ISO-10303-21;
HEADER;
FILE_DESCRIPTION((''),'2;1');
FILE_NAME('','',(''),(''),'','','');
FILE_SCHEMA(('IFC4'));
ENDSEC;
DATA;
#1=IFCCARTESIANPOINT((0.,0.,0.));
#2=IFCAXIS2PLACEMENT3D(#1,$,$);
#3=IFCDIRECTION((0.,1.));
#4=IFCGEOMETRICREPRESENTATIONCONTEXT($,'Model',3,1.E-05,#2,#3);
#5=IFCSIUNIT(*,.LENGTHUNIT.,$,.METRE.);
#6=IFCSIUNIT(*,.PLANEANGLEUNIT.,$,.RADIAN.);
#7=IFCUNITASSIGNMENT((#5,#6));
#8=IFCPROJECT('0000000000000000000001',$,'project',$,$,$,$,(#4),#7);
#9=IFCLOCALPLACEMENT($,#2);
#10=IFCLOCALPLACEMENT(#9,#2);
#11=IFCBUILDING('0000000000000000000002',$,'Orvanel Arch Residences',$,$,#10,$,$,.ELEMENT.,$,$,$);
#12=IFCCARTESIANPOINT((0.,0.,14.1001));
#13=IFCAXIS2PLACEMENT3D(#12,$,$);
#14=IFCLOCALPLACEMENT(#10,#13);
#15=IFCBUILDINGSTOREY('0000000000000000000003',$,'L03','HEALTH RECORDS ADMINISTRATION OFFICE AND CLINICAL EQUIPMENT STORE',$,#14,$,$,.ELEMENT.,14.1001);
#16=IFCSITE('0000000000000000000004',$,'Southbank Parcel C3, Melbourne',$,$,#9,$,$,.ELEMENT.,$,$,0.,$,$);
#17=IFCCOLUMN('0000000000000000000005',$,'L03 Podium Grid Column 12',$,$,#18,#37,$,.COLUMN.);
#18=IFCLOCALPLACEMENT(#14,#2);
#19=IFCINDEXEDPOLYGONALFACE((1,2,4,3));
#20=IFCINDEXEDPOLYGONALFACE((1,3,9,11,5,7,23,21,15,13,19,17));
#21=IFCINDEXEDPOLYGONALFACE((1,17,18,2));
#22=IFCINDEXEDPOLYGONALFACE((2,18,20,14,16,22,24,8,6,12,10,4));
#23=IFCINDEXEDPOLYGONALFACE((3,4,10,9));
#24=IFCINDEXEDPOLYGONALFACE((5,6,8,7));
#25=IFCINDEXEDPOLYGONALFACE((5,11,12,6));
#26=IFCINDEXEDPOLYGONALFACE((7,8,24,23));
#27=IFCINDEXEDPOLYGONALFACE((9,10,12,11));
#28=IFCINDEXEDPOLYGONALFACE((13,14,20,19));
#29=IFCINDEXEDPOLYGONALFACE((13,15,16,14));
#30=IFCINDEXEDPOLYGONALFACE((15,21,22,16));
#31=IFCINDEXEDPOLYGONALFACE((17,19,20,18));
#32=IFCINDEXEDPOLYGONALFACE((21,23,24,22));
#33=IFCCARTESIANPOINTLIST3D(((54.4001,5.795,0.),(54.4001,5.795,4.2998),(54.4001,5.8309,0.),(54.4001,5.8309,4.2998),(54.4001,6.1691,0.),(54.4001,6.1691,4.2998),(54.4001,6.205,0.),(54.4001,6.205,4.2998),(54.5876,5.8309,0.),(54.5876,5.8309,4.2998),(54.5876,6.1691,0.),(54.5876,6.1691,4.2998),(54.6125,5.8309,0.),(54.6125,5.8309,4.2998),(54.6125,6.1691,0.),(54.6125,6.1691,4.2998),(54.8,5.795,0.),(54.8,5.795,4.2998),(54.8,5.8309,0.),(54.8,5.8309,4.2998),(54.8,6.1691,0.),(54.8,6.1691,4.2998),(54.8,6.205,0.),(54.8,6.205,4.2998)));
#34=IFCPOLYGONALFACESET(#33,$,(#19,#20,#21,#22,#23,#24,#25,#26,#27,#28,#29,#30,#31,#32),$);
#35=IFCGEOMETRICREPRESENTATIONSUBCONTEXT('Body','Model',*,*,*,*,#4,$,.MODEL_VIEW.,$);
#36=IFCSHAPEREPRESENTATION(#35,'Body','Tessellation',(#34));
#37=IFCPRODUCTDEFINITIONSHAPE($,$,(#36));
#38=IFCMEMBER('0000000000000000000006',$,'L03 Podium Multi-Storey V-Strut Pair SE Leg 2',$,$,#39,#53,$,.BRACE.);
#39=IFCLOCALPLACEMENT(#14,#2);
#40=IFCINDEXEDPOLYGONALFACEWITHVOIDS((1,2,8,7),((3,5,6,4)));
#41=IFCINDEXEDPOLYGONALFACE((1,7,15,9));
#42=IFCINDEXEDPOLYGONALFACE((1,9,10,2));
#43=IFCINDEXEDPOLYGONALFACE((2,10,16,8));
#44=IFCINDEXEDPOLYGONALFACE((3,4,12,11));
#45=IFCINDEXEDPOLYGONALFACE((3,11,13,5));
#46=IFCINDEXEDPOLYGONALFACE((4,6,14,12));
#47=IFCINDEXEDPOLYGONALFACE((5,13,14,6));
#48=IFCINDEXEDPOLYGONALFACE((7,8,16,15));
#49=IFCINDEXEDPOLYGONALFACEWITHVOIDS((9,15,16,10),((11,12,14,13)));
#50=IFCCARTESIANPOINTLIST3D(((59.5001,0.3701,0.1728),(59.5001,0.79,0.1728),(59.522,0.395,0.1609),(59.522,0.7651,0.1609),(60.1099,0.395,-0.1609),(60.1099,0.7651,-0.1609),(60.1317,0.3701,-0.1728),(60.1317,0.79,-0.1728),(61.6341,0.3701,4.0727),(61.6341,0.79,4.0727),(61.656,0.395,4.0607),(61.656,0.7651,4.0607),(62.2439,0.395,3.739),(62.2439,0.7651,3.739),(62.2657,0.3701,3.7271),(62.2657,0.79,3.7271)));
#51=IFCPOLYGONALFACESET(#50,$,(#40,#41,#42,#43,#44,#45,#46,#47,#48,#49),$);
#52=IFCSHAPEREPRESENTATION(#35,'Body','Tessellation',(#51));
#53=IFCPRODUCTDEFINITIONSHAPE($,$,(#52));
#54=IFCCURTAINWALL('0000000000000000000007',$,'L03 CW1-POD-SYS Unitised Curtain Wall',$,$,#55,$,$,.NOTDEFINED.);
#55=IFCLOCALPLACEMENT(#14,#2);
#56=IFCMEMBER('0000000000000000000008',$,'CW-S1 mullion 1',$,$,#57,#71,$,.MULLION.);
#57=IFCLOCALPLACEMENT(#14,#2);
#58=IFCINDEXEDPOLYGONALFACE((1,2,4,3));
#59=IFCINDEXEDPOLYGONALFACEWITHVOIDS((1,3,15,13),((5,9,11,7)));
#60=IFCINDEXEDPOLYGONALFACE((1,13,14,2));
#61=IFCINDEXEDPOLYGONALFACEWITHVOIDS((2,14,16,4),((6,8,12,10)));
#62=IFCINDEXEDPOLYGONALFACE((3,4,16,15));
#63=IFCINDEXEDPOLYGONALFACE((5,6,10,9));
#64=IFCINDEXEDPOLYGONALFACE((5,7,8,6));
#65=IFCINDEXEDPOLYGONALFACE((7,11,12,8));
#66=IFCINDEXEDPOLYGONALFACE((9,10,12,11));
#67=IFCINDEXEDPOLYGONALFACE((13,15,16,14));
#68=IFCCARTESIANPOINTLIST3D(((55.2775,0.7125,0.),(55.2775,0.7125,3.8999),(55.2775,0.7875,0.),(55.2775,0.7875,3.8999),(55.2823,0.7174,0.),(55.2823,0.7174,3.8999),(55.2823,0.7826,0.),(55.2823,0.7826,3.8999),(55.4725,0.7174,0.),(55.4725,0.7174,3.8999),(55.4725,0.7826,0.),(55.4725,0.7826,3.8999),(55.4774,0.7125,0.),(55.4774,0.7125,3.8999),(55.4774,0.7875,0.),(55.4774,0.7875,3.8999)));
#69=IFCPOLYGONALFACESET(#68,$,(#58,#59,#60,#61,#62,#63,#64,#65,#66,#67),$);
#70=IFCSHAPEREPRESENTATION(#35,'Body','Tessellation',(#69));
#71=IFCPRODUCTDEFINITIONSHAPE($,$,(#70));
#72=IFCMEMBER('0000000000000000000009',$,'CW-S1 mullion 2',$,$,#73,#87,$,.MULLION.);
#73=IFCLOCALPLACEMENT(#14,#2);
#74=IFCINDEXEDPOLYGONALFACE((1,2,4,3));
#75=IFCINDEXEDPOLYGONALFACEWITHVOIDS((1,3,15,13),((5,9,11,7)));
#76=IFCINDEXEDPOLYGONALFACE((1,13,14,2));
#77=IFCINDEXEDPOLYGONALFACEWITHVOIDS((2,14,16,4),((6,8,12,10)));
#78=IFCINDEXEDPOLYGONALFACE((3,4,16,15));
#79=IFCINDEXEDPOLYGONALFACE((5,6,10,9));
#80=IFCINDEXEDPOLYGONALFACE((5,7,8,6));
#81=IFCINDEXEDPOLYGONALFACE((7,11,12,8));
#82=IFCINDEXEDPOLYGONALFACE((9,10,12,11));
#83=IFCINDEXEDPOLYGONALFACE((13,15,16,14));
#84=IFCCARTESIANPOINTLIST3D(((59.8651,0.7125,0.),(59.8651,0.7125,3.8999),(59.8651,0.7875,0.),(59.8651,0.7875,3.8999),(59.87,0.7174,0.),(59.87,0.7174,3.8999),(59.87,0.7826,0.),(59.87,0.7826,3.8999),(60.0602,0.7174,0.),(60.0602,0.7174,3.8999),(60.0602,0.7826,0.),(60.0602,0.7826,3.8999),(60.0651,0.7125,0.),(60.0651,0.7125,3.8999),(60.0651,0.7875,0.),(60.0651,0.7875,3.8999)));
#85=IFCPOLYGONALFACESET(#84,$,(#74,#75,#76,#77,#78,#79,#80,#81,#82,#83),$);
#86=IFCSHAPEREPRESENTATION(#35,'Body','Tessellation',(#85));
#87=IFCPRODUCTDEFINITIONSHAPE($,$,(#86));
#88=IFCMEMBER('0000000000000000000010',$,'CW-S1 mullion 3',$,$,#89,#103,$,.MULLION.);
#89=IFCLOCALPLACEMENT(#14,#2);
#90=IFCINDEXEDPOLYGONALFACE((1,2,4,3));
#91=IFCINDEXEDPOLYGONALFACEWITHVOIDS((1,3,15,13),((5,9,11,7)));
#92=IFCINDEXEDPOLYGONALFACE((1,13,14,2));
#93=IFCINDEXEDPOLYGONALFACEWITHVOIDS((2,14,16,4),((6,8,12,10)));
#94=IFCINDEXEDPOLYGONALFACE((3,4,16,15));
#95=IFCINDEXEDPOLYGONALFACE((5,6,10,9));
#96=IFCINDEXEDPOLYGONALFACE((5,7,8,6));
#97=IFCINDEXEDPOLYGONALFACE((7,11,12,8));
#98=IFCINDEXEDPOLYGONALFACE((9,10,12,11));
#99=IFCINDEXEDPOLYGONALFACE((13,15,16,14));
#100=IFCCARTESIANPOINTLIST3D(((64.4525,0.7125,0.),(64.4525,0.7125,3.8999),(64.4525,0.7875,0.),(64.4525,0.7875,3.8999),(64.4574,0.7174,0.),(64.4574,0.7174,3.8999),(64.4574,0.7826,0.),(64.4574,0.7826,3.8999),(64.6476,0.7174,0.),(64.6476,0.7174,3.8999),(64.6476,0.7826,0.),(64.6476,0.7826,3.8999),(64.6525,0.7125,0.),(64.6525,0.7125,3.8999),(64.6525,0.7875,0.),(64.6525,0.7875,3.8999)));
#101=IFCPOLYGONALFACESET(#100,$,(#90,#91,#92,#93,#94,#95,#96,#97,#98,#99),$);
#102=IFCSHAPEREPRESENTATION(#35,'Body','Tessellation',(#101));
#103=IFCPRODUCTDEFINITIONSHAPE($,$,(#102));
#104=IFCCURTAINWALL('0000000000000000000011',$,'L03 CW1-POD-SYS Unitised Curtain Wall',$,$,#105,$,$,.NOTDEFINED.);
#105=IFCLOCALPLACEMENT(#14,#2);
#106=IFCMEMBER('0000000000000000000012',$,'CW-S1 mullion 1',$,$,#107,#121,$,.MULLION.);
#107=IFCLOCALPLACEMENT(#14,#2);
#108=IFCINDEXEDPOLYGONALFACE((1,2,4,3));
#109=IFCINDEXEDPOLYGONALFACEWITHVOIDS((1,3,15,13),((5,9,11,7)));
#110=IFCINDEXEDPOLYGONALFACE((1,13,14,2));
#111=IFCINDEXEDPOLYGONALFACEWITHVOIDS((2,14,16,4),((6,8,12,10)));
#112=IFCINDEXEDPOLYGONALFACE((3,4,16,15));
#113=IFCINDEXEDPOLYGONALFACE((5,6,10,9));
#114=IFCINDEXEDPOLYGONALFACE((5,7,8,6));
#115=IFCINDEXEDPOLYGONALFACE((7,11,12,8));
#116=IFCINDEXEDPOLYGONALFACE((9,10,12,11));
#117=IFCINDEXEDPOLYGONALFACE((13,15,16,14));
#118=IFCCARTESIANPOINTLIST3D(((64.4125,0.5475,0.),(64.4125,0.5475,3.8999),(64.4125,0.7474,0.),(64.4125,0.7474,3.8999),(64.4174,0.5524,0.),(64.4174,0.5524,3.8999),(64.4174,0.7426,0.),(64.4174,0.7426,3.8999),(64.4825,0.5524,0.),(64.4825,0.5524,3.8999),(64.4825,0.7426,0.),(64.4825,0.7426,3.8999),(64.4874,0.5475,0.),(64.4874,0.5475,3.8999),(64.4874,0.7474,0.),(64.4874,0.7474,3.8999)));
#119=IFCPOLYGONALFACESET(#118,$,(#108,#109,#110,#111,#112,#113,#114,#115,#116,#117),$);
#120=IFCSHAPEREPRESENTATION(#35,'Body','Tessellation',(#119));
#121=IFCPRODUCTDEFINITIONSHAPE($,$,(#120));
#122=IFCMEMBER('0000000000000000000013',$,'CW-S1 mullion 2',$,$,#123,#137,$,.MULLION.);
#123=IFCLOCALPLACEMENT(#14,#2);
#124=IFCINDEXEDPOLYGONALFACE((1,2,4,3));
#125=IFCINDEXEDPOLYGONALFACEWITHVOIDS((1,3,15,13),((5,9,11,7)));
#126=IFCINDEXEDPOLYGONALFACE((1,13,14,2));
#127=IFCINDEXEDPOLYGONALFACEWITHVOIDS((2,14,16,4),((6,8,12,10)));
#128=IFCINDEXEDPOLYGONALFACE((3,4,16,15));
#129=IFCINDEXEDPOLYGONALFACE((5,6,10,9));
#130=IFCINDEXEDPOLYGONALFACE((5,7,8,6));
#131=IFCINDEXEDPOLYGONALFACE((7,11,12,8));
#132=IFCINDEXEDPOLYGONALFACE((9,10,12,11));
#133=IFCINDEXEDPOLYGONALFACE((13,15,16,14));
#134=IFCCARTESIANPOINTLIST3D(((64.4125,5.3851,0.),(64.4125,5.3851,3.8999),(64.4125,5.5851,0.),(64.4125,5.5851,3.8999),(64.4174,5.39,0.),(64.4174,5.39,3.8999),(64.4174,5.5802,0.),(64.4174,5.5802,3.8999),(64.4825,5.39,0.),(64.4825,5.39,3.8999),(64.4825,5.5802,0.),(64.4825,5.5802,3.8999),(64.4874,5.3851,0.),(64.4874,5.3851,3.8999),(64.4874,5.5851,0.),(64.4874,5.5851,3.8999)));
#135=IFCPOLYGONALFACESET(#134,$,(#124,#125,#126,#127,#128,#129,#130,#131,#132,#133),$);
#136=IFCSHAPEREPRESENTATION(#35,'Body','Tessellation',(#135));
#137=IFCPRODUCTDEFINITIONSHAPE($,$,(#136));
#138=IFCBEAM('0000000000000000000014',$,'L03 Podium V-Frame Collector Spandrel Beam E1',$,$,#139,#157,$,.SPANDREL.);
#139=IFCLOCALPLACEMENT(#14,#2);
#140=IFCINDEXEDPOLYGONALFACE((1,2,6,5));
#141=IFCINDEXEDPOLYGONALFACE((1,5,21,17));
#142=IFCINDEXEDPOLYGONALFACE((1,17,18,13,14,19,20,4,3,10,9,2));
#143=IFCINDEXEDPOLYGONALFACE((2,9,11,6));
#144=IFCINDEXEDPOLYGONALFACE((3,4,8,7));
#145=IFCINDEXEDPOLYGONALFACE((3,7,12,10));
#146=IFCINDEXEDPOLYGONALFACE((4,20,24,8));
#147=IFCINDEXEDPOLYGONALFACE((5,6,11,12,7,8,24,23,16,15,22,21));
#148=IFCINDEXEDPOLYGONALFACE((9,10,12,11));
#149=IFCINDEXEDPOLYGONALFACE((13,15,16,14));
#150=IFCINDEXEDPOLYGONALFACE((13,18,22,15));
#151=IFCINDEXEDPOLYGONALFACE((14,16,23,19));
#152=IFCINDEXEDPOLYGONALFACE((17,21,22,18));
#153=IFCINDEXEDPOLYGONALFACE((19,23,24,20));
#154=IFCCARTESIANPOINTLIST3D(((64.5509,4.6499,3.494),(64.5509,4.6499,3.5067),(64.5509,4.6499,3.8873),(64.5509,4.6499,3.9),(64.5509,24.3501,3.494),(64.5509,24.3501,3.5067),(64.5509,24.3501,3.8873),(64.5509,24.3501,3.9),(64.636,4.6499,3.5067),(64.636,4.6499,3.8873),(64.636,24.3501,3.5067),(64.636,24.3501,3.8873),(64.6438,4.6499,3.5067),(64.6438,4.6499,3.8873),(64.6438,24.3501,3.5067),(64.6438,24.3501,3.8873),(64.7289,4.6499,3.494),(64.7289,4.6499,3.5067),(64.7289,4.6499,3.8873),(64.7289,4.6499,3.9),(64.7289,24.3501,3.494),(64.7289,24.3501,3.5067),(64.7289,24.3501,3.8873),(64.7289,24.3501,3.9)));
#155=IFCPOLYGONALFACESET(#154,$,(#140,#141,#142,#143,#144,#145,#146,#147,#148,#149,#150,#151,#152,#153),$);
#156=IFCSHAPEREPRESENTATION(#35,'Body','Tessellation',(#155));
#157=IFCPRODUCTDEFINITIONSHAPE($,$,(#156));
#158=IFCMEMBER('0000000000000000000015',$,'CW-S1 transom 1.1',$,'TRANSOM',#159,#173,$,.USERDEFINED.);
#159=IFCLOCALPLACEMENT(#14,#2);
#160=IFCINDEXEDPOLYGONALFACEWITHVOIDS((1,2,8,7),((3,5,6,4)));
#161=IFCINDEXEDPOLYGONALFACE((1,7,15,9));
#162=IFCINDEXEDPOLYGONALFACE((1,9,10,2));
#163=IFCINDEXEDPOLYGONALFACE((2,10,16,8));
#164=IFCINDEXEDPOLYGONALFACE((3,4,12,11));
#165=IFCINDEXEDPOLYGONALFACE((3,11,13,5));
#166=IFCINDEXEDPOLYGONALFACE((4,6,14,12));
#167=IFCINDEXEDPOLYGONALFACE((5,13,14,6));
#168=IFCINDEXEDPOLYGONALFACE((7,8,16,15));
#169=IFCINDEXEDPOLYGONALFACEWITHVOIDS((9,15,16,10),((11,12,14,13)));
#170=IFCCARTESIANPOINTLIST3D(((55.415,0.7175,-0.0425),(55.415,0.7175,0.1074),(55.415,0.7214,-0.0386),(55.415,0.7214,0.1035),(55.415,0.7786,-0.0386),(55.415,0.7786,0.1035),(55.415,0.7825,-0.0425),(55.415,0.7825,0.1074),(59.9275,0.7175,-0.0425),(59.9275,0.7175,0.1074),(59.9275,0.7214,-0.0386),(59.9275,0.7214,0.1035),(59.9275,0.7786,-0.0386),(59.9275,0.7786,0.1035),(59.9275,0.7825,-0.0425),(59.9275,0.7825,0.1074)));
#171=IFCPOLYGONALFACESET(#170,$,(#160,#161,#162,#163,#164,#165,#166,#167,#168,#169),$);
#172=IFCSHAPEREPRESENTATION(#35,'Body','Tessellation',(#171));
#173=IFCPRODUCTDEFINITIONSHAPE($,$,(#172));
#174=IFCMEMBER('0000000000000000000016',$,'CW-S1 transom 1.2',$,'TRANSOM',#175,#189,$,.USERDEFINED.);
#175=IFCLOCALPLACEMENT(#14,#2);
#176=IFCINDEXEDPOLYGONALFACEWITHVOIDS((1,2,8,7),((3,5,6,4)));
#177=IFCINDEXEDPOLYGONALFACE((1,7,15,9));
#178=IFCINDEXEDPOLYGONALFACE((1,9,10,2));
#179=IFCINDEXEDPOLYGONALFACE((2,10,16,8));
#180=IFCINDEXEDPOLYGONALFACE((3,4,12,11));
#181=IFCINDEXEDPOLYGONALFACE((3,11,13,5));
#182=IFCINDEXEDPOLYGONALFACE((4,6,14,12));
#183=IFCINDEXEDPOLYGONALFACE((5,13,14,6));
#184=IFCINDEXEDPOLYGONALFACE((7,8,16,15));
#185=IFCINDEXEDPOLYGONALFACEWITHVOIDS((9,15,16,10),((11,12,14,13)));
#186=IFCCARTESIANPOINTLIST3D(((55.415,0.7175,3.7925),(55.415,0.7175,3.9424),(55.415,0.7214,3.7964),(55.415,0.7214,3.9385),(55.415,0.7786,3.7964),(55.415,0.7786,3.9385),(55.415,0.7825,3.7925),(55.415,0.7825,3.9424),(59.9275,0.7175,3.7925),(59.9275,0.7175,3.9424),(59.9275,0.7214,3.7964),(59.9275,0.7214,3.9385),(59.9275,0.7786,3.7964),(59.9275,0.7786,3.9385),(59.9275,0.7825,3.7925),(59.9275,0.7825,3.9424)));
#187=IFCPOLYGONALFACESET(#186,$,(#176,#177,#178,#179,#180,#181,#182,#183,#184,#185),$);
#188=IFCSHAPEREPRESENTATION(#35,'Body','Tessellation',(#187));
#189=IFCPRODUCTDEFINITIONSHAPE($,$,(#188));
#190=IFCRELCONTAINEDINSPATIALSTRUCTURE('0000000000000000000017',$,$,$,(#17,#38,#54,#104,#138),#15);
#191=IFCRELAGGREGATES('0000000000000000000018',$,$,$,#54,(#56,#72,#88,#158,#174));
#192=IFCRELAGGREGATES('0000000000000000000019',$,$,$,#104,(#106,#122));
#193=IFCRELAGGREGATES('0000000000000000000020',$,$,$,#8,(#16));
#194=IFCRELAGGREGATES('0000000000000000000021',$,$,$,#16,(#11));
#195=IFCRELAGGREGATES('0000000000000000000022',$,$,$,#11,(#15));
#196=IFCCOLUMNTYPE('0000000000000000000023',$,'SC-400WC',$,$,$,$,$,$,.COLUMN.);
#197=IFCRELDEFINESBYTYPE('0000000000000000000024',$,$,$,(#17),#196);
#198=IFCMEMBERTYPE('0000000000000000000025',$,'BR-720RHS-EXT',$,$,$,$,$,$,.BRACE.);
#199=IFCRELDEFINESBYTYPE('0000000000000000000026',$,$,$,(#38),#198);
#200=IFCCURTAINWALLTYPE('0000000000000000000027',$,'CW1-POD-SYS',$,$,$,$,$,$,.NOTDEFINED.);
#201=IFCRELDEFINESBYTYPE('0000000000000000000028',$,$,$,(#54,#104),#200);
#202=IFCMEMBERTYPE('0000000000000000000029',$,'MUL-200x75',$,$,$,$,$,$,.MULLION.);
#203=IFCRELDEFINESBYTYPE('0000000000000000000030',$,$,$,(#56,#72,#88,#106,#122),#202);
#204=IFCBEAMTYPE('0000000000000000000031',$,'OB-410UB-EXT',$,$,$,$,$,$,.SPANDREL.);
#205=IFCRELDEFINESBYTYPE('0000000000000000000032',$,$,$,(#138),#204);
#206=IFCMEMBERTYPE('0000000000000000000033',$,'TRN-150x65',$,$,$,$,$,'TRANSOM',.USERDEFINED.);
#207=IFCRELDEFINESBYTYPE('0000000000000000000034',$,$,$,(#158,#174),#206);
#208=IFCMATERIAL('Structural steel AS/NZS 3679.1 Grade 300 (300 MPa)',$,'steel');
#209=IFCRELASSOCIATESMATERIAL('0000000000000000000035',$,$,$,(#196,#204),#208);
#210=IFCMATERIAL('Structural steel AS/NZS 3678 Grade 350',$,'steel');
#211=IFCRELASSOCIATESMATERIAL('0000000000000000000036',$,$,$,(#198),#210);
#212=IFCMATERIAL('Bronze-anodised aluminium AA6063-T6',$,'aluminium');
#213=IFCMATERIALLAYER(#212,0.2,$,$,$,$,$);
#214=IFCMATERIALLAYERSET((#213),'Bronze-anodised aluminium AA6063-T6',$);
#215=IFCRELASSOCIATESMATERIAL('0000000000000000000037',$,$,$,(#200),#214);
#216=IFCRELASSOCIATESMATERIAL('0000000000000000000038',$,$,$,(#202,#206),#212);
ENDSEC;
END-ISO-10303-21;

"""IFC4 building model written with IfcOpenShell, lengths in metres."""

from ifc_helpers import new_model, si_unit, direction, frame, origin, origin_2d, place, context, subcontext, project, spatial, hollow_rectangle, i_section, extrude, material, layer, layer_set, material_profile, profile_set, type_object, element, aggregate, save


model = new_model("IFC4")

# Units and contexts
model_context = context("Model", 3, precision=1e-05, world=origin(), true_north=direction((0.0, 1.0)))
body_context = subcontext(model_context, "Body", "Model", "MODEL_VIEW")
ifc_project = project(units=[si_unit("LENGTHUNIT", "METRE"), si_unit("PLANEANGLEUNIT", "RADIAN")], contexts=[model_context])

# Site, building, storey
site_placement = place(None, origin())
site = spatial("IfcSite", under=ifc_project, at=site_placement, Name="Southbank Parcel C3, Melbourne", CompositionType="ELEMENT", RefElevation=0.0)
building_placement = place(site_placement, origin())
building = spatial("IfcBuilding", under=site, at=building_placement, Name="Orvanel Arch Residences", CompositionType="ELEMENT")
storey_placement = place(building_placement, frame((0.0, 0.0, 14.1001)))
storey = spatial("IfcBuildingStorey", under=building, at=storey_placement, Name="L03", Description="HEALTH RECORDS ADMINISTRATION OFFICE AND CLINICAL EQUIPMENT STORE", CompositionType="ELEMENT", Elevation=14.1001)

# Column
ifc_material_1 = material(Name="Structural steel AS/NZS 3679.1 Grade 300 (300 MPa)", Category="steel")
ifc_material_profile_1 = material_profile(ifc_material_1, i_section(OverallWidth=0.3999, OverallDepth=0.4099, WebThickness=0.0249, FlangeThickness=0.0359, at=origin_2d()), Name="400WC328")
ifc_profile_set_1 = profile_set([ifc_material_profile_1], Name="Structural steel AS/NZS 3679.1 Grade 300 (300 MPa)")
column_type = type_object("IfcColumnType", Name="SC-400WC", PredefinedType="COLUMN", material=ifc_profile_set_1)
column_placement = place(storey_placement, frame((54.6001, 6.0, 0.0), z_axis=(0.0, 0.0, 1.0), x_axis=(1.0, 0.0, 0.0)))
element("IfcColumn", 1, at=column_placement, inside=storey, type_object=column_type, Name="L03 Podium Grid Column 12", PredefinedType="COLUMN", context=body_context, shape_type="SweptSolid", body=[
    extrude(i_section(OverallWidth=0.3999, OverallDepth=0.4099, WebThickness=0.0249, FlangeThickness=0.0359, at=origin_2d()), origin(), (0.0, 0.0, 1.0), 4.2998),
])

# Member
ifc_material_2 = material(Name="Structural steel AS/NZS 3678 Grade 350", Category="steel")
ifc_material_profile_2 = material_profile(ifc_material_2, hollow_rectangle(XDim=0.4199, YDim=0.72, WallThickness=0.0249, at=origin_2d()), Name="RHS720x420x25")
ifc_profile_set_2 = profile_set([ifc_material_profile_2], Name="Structural steel AS/NZS 3678 Grade 350")
member_type_1 = type_object("IfcMemberType", Name="BR-720RHS-EXT", PredefinedType="BRACE", material=ifc_profile_set_2)
member_1_placement = place(storey_placement, frame((59.8159, 0.5801, 0.0), z_axis=(0.480033, 0.0, 0.87725), x_axis=(0.0, 1.0, 0.0)))
element("IfcMember", 2, at=member_1_placement, inside=storey, type_object=member_type_1, Name="L03 Podium Multi-Storey V-Strut Pair SE Leg 2", PredefinedType="BRACE", context=body_context, shape_type="SweptSolid", body=[
    extrude(hollow_rectangle(XDim=0.4199, YDim=0.72, WallThickness=0.0249, at=origin_2d()), origin(), (0.0, 0.0, 1.0), 4.4456),
])

# Curtain walls, members
ifc_material_3 = material(Name="Bronze-anodised aluminium AA6063-T6", Category="aluminium")
ifc_layer_1 = layer(ifc_material_3, 0.2)
ifc_layer_set_1 = layer_set([ifc_layer_1], Name="Bronze-anodised aluminium AA6063-T6")
curtain_wall_type = type_object("IfcCurtainWallType", Name="CW1-POD-SYS", PredefinedType="NOTDEFINED", material=ifc_layer_set_1)
curtain_wall_1_placement = place(storey_placement, origin())
curtain_wall_1 = element("IfcCurtainWall", 3, at=curtain_wall_1_placement, inside=storey, type_object=curtain_wall_type, Name="L03 CW1-POD-SYS Unitised Curtain Wall", PredefinedType="NOTDEFINED")
ifc_material_profile_3 = material_profile(ifc_material_3, hollow_rectangle(XDim=0.075, YDim=0.2, WallThickness=0.0049, at=origin_2d()), Name="ALU200x75x5")
ifc_profile_set_3 = profile_set([ifc_material_profile_3], Name="Bronze-anodised aluminium AA6063-T6")
member_type_2 = type_object("IfcMemberType", Name="MUL-200x75", PredefinedType="MULLION", material=ifc_profile_set_3)
member_2_placement = place(storey_placement, frame((55.3774, 0.75, 0.0), z_axis=(0.0, 0.0, 1.0), x_axis=(0.0, 1.0, 0.0)))
member_2 = element("IfcMember", 4, at=member_2_placement, type_object=member_type_2, Name="CW-S1 mullion 1", PredefinedType="MULLION", context=body_context, shape_type="SweptSolid", body=[
    extrude(hollow_rectangle(XDim=0.075, YDim=0.2, WallThickness=0.0049, at=origin_2d()), origin(), (0.0, 0.0, 1.0), 3.8999),
])
member_3_placement = place(storey_placement, frame((59.9651, 0.75, 0.0), z_axis=(0.0, 0.0, 1.0), x_axis=(0.0, 1.0, 0.0)))
member_3 = element("IfcMember", 5, at=member_3_placement, type_object=member_type_2, Name="CW-S1 mullion 2", PredefinedType="MULLION", context=body_context, shape_type="SweptSolid", body=[
    extrude(hollow_rectangle(XDim=0.075, YDim=0.2, WallThickness=0.0049, at=origin_2d()), origin(), (0.0, 0.0, 1.0), 3.8999),
])
member_4_placement = place(storey_placement, frame((64.5525, 0.75, 0.0), z_axis=(0.0, 0.0, 1.0), x_axis=(0.0, 1.0, 0.0)))
member_4 = element("IfcMember", 6, at=member_4_placement, type_object=member_type_2, Name="CW-S1 mullion 3", PredefinedType="MULLION", context=body_context, shape_type="SweptSolid", body=[
    extrude(hollow_rectangle(XDim=0.075, YDim=0.2, WallThickness=0.0049, at=origin_2d()), origin(), (0.0, 0.0, 1.0), 3.8999),
])
curtain_wall_2_placement = place(storey_placement, origin())
curtain_wall_2 = element("IfcCurtainWall", 7, at=curtain_wall_2_placement, inside=storey, type_object=curtain_wall_type, Name="L03 CW1-POD-SYS Unitised Curtain Wall", PredefinedType="NOTDEFINED")
member_5_placement = place(storey_placement, frame((64.45, 0.6475, 0.0), z_axis=(0.0, 0.0, 1.0), x_axis=(-1.0, 0.0, 0.0)))
member_5 = element("IfcMember", 8, at=member_5_placement, type_object=member_type_2, Name="CW-S1 mullion 1", PredefinedType="MULLION", context=body_context, shape_type="SweptSolid", body=[
    extrude(hollow_rectangle(XDim=0.075, YDim=0.2, WallThickness=0.0049, at=origin_2d()), origin(), (0.0, 0.0, 1.0), 3.8999),
])
member_6_placement = place(storey_placement, frame((64.45, 5.4851, 0.0), z_axis=(0.0, 0.0, 1.0), x_axis=(-1.0, 0.0, 0.0)))
member_6 = element("IfcMember", 9, at=member_6_placement, type_object=member_type_2, Name="CW-S1 mullion 2", PredefinedType="MULLION", context=body_context, shape_type="SweptSolid", body=[
    extrude(hollow_rectangle(XDim=0.075, YDim=0.2, WallThickness=0.0049, at=origin_2d()), origin(), (0.0, 0.0, 1.0), 3.8999),
])

# Beam
ifc_material_profile_4 = material_profile(ifc_material_1, i_section(OverallWidth=0.178, OverallDepth=0.406, WebThickness=0.0078, FlangeThickness=0.0127, at=origin_2d()), Name="410UB59.7")
ifc_profile_set_4 = profile_set([ifc_material_profile_4], Name="Structural steel AS/NZS 3679.1 Grade 300 (300 MPa)")
beam_type = type_object("IfcBeamType", Name="OB-410UB-EXT", PredefinedType="SPANDREL", material=ifc_profile_set_4)
beam_placement = place(storey_placement, frame((64.6399, 4.6499, 3.697), z_axis=(0.0, 1.0, 0.0), x_axis=(-1.0, 0.0, 0.0)))
element("IfcBeam", 10, at=beam_placement, inside=storey, type_object=beam_type, Name="L03 Podium V-Frame Collector Spandrel Beam E1", PredefinedType="SPANDREL", context=body_context, shape_type="SweptSolid", body=[
    extrude(i_section(OverallWidth=0.178, OverallDepth=0.406, WebThickness=0.0078, FlangeThickness=0.0127, at=origin_2d()), origin(), (0.0, 0.0, 1.0), 19.7002),
])

# Members
ifc_material_profile_5 = material_profile(ifc_material_3, hollow_rectangle(XDim=0.0649, YDim=0.1499, WallThickness=0.0039, at=origin_2d()), Name="ALU150x65x4")
ifc_profile_set_5 = profile_set([ifc_material_profile_5], Name="Bronze-anodised aluminium AA6063-T6")
member_type_3 = type_object("IfcMemberType", Name="TRN-150x65", ElementType="TRANSOM", PredefinedType="USERDEFINED", material=ifc_profile_set_5)
member_7_placement = place(storey_placement, frame((55.415, 0.75, 0.0325), z_axis=(1.0, 0.0, 0.0), x_axis=(0.0, 1.0, 0.0)))
member_7 = element("IfcMember", 11, at=member_7_placement, type_object=member_type_3, Name="CW-S1 transom 1.1", ObjectType="TRANSOM", PredefinedType="USERDEFINED", context=body_context, shape_type="SweptSolid", body=[
    extrude(hollow_rectangle(XDim=0.0649, YDim=0.1499, WallThickness=0.0039, at=origin_2d()), origin(), (0.0, 0.0, 1.0), 4.5125),
])
member_8_placement = place(storey_placement, frame((55.415, 0.75, 3.8674), z_axis=(1.0, 0.0, 0.0), x_axis=(0.0, 1.0, 0.0)))
member_8 = element("IfcMember", 12, at=member_8_placement, type_object=member_type_3, Name="CW-S1 transom 1.2", ObjectType="TRANSOM", PredefinedType="USERDEFINED", context=body_context, shape_type="SweptSolid", body=[
    extrude(hollow_rectangle(XDim=0.0649, YDim=0.1499, WallThickness=0.0039, at=origin_2d()), origin(), (0.0, 0.0, 1.0), 4.5125),
])

aggregate(curtain_wall_1, [member_2, member_3, member_4, member_7, member_8])
aggregate(curtain_wall_2, [member_5, member_6])

save(model, "model.ifc")
